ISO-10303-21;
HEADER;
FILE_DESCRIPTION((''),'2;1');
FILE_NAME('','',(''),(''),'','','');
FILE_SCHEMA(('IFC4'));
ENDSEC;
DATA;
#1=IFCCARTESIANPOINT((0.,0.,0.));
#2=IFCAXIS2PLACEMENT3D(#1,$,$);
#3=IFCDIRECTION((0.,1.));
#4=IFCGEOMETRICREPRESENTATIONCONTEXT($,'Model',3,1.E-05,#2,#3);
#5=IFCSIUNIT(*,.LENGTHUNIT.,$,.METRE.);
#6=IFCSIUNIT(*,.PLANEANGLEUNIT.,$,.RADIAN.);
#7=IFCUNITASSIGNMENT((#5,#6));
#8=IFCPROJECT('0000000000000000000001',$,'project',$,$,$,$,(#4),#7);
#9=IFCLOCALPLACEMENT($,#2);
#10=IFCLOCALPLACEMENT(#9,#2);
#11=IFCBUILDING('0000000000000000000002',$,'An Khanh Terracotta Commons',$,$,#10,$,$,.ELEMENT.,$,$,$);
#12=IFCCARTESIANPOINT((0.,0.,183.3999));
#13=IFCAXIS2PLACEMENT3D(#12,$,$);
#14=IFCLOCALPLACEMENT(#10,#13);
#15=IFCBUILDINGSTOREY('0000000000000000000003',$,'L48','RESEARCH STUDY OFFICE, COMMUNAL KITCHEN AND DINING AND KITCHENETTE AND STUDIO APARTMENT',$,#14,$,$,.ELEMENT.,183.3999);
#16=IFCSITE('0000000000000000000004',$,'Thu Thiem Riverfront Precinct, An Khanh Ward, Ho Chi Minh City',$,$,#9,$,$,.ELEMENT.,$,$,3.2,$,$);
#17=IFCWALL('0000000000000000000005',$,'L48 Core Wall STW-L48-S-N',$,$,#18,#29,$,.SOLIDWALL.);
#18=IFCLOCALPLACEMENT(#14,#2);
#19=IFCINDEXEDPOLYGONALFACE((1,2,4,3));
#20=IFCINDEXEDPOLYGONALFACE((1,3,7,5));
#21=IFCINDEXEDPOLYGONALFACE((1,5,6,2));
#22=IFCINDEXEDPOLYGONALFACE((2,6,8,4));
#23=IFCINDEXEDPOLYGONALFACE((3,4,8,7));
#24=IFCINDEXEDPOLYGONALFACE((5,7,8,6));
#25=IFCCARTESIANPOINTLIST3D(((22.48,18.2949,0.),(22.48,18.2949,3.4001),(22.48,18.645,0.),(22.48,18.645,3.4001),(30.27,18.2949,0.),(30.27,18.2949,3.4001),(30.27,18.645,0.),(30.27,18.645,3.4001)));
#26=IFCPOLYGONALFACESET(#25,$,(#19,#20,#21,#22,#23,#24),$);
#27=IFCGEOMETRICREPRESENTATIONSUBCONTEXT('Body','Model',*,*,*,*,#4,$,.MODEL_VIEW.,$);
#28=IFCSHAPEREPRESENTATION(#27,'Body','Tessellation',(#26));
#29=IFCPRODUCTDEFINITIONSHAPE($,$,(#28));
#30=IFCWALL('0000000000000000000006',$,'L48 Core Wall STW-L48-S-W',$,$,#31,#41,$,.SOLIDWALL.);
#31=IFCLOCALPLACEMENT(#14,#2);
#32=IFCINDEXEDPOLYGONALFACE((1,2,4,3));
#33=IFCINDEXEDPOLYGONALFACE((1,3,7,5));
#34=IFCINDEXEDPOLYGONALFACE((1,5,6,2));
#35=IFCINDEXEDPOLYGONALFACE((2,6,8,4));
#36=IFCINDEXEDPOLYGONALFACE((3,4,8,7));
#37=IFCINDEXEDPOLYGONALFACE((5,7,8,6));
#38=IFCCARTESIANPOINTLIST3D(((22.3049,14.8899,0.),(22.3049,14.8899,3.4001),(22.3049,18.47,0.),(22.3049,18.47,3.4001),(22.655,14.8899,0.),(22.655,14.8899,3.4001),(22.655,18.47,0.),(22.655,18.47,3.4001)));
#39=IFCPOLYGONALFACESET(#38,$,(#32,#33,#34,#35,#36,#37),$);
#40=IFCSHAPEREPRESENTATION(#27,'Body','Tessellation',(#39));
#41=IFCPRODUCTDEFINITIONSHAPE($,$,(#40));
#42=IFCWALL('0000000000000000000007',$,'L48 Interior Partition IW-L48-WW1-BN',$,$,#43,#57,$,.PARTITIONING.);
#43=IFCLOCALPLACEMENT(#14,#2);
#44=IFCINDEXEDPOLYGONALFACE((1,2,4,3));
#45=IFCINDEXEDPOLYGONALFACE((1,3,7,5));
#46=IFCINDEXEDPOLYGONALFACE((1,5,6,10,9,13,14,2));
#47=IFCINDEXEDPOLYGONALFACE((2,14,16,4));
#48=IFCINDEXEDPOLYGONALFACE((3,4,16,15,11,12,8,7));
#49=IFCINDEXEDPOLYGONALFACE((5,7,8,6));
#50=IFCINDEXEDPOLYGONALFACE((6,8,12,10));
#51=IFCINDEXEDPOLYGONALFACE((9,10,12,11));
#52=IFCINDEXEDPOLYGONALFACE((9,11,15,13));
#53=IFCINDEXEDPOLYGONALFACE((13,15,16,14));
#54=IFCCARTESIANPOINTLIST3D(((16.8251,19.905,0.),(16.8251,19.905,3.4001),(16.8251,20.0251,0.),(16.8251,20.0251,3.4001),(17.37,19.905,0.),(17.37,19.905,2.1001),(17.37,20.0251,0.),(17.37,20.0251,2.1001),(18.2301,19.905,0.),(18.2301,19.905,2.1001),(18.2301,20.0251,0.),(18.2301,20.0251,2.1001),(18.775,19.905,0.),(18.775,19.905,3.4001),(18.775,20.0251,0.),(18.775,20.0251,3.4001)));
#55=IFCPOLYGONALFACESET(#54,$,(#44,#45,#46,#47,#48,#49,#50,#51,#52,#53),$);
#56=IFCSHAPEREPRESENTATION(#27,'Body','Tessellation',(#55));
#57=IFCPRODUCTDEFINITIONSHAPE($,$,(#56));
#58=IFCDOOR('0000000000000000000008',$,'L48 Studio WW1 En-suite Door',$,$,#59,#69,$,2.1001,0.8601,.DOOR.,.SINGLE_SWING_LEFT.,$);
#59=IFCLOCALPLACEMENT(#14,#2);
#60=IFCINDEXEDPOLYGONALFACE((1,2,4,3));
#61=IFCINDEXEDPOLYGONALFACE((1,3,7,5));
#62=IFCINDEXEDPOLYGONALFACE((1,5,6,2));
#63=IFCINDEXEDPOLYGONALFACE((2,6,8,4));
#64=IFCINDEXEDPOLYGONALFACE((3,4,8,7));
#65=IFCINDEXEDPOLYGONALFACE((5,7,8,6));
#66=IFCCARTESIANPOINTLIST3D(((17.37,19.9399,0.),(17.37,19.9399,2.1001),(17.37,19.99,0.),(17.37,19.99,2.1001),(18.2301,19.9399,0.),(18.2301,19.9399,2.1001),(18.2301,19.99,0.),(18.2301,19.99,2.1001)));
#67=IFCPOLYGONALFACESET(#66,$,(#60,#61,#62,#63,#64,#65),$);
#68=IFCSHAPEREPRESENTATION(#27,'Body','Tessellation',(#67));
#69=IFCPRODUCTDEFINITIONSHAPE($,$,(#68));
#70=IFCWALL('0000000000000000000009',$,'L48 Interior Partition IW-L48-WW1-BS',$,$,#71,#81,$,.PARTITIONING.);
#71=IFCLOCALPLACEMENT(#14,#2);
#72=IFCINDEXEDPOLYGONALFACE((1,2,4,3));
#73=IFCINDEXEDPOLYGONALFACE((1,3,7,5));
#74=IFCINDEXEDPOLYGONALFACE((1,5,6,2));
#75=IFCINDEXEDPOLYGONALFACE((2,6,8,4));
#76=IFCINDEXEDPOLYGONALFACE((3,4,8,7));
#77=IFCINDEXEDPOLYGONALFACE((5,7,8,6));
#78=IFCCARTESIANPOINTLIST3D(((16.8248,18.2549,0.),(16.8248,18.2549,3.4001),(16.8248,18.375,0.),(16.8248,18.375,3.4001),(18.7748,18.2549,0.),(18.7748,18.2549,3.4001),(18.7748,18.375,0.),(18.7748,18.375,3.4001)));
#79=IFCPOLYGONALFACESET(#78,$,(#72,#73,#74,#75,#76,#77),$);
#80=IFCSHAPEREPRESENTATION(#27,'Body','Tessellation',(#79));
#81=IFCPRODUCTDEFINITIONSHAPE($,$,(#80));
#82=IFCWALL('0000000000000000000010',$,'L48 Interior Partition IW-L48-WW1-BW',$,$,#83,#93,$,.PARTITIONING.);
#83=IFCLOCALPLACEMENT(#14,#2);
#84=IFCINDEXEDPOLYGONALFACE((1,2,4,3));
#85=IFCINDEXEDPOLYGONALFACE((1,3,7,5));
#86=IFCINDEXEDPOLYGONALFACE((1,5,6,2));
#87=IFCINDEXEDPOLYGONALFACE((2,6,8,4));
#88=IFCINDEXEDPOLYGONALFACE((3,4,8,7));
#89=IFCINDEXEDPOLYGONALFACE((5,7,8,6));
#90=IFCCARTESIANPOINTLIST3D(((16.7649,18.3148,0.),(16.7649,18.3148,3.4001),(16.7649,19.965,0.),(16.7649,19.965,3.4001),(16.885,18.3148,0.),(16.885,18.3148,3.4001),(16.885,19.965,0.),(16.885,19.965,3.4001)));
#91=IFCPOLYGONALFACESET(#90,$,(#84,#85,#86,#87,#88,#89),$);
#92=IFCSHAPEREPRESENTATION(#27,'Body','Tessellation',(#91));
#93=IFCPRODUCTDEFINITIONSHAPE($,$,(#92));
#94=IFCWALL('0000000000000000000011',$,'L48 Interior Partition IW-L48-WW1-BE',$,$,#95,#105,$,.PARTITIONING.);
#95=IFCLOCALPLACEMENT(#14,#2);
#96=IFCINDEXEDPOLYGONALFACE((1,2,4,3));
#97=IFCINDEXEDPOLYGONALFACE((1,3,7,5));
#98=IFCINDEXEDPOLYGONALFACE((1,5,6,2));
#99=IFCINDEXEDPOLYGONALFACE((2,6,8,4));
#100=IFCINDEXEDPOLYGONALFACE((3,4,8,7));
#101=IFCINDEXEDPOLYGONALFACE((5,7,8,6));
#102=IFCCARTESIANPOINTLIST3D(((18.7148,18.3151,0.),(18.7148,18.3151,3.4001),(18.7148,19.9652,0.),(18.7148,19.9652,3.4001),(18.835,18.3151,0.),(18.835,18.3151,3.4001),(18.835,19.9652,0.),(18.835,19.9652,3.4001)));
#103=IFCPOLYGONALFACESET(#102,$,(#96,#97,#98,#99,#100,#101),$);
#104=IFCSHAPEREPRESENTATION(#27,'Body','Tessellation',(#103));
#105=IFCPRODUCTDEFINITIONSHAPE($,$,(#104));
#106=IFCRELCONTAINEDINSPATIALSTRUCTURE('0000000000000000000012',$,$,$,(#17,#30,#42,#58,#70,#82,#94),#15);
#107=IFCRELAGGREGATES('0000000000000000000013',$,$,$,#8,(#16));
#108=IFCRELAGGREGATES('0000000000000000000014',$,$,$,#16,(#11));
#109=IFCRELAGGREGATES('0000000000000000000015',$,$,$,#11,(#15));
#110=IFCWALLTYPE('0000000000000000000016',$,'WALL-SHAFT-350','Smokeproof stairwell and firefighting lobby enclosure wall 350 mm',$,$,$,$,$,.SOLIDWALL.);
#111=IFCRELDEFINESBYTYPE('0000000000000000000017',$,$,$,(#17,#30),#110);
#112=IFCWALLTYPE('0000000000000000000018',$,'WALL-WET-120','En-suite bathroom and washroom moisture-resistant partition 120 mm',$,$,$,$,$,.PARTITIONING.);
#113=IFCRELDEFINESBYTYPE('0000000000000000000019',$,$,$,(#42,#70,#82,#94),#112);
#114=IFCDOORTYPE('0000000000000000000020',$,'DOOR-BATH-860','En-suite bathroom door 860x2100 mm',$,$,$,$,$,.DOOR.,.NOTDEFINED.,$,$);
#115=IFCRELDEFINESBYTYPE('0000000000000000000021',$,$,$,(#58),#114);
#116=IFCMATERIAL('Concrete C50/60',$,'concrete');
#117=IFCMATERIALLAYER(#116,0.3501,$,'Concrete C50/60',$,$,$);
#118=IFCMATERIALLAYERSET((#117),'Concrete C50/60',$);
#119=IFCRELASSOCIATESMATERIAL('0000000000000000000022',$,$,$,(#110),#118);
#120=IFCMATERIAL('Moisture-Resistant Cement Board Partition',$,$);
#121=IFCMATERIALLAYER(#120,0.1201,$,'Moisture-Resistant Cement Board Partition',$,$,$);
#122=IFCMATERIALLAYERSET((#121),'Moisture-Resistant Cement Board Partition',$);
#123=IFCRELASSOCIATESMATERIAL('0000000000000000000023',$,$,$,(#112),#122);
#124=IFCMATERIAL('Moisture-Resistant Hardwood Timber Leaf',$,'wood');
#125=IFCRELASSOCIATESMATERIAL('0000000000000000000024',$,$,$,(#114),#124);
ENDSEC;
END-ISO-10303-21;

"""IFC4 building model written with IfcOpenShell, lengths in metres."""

from ifc_helpers import new_model, si_unit, direction, frame, frame_2d, origin, place, context, subcontext, project, spatial, rectangle, extrude, material, layer, layer_set, type_object, element, fill, save


model = new_model("IFC4")

# Units and contexts
model_context = context("Model", 3, precision=1e-05, world=origin(), true_north=direction((0.0, 1.0)))
body_context = subcontext(model_context, "Body", "Model", "MODEL_VIEW")
ifc_project = project(units=[si_unit("LENGTHUNIT", "METRE"), si_unit("PLANEANGLEUNIT", "RADIAN")], contexts=[model_context])

# Site, building, storey
site_placement = place(None, origin())
site = spatial("IfcSite", under=ifc_project, at=site_placement, Name="Thu Thiem Riverfront Precinct, An Khanh Ward, Ho Chi Minh City", CompositionType="ELEMENT", RefElevation=3.2)
building_placement = place(site_placement, origin())
building = spatial("IfcBuilding", under=site, at=building_placement, Name="An Khanh Terracotta Commons", CompositionType="ELEMENT")
storey_placement = place(building_placement, frame((0.0, 0.0, 183.3999)))
storey = spatial("IfcBuildingStorey", under=building, at=storey_placement, Name="L48", Description="RESEARCH STUDY OFFICE, COMMUNAL KITCHEN AND DINING AND KITCHENETTE AND STUDIO APARTMENT", CompositionType="ELEMENT", Elevation=183.3999)

# Walls
ifc_material_1 = material(Name="Concrete C50/60", Category="concrete")
ifc_layer_1 = layer(ifc_material_1, 0.3501, Name="Concrete C50/60")
ifc_layer_set_1 = layer_set([ifc_layer_1], Name="Concrete C50/60")
wall_type_1 = type_object("IfcWallType", Name="WALL-SHAFT-350", Description="Smokeproof stairwell and firefighting lobby enclosure wall 350 mm", PredefinedType="SOLIDWALL", material=ifc_layer_set_1)
wall_1_placement = place(storey_placement, frame((22.48, 18.47, 0.0), z_axis=(0.0, 0.0, 1.0), x_axis=(1.0, 0.0, 0.0)))
element("IfcWall", 1, at=wall_1_placement, inside=storey, type_object=wall_type_1, Name="L48 Core Wall STW-L48-S-N", PredefinedType="SOLIDWALL", context=body_context, shape_type="SweptSolid", body=[
    extrude(rectangle(XDim=7.79, YDim=0.3501, at=frame_2d((3.895, 0.0))), origin(), (0.0, 0.0, 1.0), 3.4001),
])
wall_2_placement = place(storey_placement, frame((22.48, 14.8899, 0.0), z_axis=(0.0, 0.0, 1.0), x_axis=(0.0, 1.0, 0.0)))
element("IfcWall", 2, at=wall_2_placement, inside=storey, type_object=wall_type_1, Name="L48 Core Wall STW-L48-S-W", PredefinedType="SOLIDWALL", context=body_context, shape_type="SweptSolid", body=[
    extrude(rectangle(XDim=3.5801, YDim=0.3501, at=frame_2d((1.79, 0.0))), origin(), (0.0, 0.0, 1.0), 3.4001),
])

# Wall, opening, door
ifc_material_2 = material(Name="Moisture-Resistant Cement Board Partition")
ifc_layer_2 = layer(ifc_material_2, 0.1201, Name="Moisture-Resistant Cement Board Partition")
ifc_layer_set_2 = layer_set([ifc_layer_2], Name="Moisture-Resistant Cement Board Partition")
wall_type_2 = type_object("IfcWallType", Name="WALL-WET-120", Description="En-suite bathroom and washroom moisture-resistant partition 120 mm", PredefinedType="PARTITIONING", material=ifc_layer_set_2)
wall_3_placement = place(storey_placement, frame((16.825, 19.9651, 0.0), z_axis=(0.0, 0.0, 1.0), x_axis=(1.0, 0.0, 0.0)))
wall_3 = element("IfcWall", 3, at=wall_3_placement, inside=storey, type_object=wall_type_2, Name="L48 Interior Partition IW-L48-WW1-BN", PredefinedType="PARTITIONING", context=body_context, shape_type="SweptSolid", body=[
    extrude(rectangle(XDim=1.95, YDim=0.1201, at=frame_2d((0.9751, 0.0))), origin(), (0.0, 0.0, 1.0), 3.4001),
])
opening_1_placement = place(wall_3_placement, frame((0.5449, 0.0, 0.0)))
opening_1 = element("IfcOpeningElement", 4, at=opening_1_placement, cuts=wall_3, PredefinedType="OPENING", context=body_context, shape_type="SweptSolid", body=[
    extrude(rectangle(XDim=0.8601, YDim=2.1001, at=frame_2d((0.4302, 1.05))), frame((0.0, 0.0701, 0.0), z_axis=(0.0, -1.0, 0.0), x_axis=(1.0, 0.0, 0.0)), (0.0, 0.0, 1.0), 0.1401),
])
ifc_material_3 = material(Name="Moisture-Resistant Hardwood Timber Leaf", Category="wood")
door_type_1 = type_object("IfcDoorType", Name="DOOR-BATH-860", Description="En-suite bathroom door 860x2100 mm", OperationType="NOTDEFINED", PredefinedType="DOOR", material=ifc_material_3)
door_1_placement = place(opening_1_placement, origin())
door_1 = element("IfcDoor", 5, at=door_1_placement, inside=storey, type_object=door_type_1, Name="L48 Studio WW1 En-suite Door", OperationType="SINGLE_SWING_LEFT", OverallHeight=2.1001, OverallWidth=0.8601, PredefinedType="DOOR", context=body_context, shape_type="SweptSolid", body=[
    extrude(rectangle(XDim=0.8601, YDim=2.1001, at=frame_2d((0.4302, 1.05))), frame((0.0, 0.0249, 0.0), z_axis=(0.0, -1.0, 0.0), x_axis=(1.0, 0.0, 0.0)), (0.0, 0.0, 1.0), 0.05),
])
fill(opening_1, door_1)

# Walls
wall_4_placement = place(storey_placement, frame((18.7749, 18.3149, 0.0), z_axis=(0.0, 0.0, 1.0), x_axis=(-1.0, 0.0, 0.0)))
element("IfcWall", 6, at=wall_4_placement, inside=storey, type_object=wall_type_2, Name="L48 Interior Partition IW-L48-WW1-BS", PredefinedType="PARTITIONING", context=body_context, shape_type="SweptSolid", body=[
    extrude(rectangle(XDim=1.95, YDim=0.1201, at=frame_2d((0.9751, 0.0))), origin(), (0.0, 0.0, 1.0), 3.4001),
])
for number, where, z_axis, x_axis, name in (
    (7, (16.825, 19.9651, 0.0), (0.0, 0.0, 1.0), (0.0, -1.0, 0.0), "L48 Interior Partition IW-L48-WW1-BW"),
    (8, (18.7749, 18.3149, 0.0), (0.0, 0.0, 1.0), (0.0, 1.0, 0.0), "L48 Interior Partition IW-L48-WW1-BE"),
):
    element("IfcWall", number, at=place(storey_placement, frame(where, z_axis=z_axis, x_axis=x_axis)), inside=storey, type_object=wall_type_2, Name=name, PredefinedType="PARTITIONING", context=body_context, shape_type="SweptSolid", body=[
        extrude(rectangle(XDim=1.6501, YDim=0.1201, at=frame_2d((0.8252, 0.0))), origin(), (0.0, 0.0, 1.0), 3.4001),
    ])

save(model, "model.ifc")
